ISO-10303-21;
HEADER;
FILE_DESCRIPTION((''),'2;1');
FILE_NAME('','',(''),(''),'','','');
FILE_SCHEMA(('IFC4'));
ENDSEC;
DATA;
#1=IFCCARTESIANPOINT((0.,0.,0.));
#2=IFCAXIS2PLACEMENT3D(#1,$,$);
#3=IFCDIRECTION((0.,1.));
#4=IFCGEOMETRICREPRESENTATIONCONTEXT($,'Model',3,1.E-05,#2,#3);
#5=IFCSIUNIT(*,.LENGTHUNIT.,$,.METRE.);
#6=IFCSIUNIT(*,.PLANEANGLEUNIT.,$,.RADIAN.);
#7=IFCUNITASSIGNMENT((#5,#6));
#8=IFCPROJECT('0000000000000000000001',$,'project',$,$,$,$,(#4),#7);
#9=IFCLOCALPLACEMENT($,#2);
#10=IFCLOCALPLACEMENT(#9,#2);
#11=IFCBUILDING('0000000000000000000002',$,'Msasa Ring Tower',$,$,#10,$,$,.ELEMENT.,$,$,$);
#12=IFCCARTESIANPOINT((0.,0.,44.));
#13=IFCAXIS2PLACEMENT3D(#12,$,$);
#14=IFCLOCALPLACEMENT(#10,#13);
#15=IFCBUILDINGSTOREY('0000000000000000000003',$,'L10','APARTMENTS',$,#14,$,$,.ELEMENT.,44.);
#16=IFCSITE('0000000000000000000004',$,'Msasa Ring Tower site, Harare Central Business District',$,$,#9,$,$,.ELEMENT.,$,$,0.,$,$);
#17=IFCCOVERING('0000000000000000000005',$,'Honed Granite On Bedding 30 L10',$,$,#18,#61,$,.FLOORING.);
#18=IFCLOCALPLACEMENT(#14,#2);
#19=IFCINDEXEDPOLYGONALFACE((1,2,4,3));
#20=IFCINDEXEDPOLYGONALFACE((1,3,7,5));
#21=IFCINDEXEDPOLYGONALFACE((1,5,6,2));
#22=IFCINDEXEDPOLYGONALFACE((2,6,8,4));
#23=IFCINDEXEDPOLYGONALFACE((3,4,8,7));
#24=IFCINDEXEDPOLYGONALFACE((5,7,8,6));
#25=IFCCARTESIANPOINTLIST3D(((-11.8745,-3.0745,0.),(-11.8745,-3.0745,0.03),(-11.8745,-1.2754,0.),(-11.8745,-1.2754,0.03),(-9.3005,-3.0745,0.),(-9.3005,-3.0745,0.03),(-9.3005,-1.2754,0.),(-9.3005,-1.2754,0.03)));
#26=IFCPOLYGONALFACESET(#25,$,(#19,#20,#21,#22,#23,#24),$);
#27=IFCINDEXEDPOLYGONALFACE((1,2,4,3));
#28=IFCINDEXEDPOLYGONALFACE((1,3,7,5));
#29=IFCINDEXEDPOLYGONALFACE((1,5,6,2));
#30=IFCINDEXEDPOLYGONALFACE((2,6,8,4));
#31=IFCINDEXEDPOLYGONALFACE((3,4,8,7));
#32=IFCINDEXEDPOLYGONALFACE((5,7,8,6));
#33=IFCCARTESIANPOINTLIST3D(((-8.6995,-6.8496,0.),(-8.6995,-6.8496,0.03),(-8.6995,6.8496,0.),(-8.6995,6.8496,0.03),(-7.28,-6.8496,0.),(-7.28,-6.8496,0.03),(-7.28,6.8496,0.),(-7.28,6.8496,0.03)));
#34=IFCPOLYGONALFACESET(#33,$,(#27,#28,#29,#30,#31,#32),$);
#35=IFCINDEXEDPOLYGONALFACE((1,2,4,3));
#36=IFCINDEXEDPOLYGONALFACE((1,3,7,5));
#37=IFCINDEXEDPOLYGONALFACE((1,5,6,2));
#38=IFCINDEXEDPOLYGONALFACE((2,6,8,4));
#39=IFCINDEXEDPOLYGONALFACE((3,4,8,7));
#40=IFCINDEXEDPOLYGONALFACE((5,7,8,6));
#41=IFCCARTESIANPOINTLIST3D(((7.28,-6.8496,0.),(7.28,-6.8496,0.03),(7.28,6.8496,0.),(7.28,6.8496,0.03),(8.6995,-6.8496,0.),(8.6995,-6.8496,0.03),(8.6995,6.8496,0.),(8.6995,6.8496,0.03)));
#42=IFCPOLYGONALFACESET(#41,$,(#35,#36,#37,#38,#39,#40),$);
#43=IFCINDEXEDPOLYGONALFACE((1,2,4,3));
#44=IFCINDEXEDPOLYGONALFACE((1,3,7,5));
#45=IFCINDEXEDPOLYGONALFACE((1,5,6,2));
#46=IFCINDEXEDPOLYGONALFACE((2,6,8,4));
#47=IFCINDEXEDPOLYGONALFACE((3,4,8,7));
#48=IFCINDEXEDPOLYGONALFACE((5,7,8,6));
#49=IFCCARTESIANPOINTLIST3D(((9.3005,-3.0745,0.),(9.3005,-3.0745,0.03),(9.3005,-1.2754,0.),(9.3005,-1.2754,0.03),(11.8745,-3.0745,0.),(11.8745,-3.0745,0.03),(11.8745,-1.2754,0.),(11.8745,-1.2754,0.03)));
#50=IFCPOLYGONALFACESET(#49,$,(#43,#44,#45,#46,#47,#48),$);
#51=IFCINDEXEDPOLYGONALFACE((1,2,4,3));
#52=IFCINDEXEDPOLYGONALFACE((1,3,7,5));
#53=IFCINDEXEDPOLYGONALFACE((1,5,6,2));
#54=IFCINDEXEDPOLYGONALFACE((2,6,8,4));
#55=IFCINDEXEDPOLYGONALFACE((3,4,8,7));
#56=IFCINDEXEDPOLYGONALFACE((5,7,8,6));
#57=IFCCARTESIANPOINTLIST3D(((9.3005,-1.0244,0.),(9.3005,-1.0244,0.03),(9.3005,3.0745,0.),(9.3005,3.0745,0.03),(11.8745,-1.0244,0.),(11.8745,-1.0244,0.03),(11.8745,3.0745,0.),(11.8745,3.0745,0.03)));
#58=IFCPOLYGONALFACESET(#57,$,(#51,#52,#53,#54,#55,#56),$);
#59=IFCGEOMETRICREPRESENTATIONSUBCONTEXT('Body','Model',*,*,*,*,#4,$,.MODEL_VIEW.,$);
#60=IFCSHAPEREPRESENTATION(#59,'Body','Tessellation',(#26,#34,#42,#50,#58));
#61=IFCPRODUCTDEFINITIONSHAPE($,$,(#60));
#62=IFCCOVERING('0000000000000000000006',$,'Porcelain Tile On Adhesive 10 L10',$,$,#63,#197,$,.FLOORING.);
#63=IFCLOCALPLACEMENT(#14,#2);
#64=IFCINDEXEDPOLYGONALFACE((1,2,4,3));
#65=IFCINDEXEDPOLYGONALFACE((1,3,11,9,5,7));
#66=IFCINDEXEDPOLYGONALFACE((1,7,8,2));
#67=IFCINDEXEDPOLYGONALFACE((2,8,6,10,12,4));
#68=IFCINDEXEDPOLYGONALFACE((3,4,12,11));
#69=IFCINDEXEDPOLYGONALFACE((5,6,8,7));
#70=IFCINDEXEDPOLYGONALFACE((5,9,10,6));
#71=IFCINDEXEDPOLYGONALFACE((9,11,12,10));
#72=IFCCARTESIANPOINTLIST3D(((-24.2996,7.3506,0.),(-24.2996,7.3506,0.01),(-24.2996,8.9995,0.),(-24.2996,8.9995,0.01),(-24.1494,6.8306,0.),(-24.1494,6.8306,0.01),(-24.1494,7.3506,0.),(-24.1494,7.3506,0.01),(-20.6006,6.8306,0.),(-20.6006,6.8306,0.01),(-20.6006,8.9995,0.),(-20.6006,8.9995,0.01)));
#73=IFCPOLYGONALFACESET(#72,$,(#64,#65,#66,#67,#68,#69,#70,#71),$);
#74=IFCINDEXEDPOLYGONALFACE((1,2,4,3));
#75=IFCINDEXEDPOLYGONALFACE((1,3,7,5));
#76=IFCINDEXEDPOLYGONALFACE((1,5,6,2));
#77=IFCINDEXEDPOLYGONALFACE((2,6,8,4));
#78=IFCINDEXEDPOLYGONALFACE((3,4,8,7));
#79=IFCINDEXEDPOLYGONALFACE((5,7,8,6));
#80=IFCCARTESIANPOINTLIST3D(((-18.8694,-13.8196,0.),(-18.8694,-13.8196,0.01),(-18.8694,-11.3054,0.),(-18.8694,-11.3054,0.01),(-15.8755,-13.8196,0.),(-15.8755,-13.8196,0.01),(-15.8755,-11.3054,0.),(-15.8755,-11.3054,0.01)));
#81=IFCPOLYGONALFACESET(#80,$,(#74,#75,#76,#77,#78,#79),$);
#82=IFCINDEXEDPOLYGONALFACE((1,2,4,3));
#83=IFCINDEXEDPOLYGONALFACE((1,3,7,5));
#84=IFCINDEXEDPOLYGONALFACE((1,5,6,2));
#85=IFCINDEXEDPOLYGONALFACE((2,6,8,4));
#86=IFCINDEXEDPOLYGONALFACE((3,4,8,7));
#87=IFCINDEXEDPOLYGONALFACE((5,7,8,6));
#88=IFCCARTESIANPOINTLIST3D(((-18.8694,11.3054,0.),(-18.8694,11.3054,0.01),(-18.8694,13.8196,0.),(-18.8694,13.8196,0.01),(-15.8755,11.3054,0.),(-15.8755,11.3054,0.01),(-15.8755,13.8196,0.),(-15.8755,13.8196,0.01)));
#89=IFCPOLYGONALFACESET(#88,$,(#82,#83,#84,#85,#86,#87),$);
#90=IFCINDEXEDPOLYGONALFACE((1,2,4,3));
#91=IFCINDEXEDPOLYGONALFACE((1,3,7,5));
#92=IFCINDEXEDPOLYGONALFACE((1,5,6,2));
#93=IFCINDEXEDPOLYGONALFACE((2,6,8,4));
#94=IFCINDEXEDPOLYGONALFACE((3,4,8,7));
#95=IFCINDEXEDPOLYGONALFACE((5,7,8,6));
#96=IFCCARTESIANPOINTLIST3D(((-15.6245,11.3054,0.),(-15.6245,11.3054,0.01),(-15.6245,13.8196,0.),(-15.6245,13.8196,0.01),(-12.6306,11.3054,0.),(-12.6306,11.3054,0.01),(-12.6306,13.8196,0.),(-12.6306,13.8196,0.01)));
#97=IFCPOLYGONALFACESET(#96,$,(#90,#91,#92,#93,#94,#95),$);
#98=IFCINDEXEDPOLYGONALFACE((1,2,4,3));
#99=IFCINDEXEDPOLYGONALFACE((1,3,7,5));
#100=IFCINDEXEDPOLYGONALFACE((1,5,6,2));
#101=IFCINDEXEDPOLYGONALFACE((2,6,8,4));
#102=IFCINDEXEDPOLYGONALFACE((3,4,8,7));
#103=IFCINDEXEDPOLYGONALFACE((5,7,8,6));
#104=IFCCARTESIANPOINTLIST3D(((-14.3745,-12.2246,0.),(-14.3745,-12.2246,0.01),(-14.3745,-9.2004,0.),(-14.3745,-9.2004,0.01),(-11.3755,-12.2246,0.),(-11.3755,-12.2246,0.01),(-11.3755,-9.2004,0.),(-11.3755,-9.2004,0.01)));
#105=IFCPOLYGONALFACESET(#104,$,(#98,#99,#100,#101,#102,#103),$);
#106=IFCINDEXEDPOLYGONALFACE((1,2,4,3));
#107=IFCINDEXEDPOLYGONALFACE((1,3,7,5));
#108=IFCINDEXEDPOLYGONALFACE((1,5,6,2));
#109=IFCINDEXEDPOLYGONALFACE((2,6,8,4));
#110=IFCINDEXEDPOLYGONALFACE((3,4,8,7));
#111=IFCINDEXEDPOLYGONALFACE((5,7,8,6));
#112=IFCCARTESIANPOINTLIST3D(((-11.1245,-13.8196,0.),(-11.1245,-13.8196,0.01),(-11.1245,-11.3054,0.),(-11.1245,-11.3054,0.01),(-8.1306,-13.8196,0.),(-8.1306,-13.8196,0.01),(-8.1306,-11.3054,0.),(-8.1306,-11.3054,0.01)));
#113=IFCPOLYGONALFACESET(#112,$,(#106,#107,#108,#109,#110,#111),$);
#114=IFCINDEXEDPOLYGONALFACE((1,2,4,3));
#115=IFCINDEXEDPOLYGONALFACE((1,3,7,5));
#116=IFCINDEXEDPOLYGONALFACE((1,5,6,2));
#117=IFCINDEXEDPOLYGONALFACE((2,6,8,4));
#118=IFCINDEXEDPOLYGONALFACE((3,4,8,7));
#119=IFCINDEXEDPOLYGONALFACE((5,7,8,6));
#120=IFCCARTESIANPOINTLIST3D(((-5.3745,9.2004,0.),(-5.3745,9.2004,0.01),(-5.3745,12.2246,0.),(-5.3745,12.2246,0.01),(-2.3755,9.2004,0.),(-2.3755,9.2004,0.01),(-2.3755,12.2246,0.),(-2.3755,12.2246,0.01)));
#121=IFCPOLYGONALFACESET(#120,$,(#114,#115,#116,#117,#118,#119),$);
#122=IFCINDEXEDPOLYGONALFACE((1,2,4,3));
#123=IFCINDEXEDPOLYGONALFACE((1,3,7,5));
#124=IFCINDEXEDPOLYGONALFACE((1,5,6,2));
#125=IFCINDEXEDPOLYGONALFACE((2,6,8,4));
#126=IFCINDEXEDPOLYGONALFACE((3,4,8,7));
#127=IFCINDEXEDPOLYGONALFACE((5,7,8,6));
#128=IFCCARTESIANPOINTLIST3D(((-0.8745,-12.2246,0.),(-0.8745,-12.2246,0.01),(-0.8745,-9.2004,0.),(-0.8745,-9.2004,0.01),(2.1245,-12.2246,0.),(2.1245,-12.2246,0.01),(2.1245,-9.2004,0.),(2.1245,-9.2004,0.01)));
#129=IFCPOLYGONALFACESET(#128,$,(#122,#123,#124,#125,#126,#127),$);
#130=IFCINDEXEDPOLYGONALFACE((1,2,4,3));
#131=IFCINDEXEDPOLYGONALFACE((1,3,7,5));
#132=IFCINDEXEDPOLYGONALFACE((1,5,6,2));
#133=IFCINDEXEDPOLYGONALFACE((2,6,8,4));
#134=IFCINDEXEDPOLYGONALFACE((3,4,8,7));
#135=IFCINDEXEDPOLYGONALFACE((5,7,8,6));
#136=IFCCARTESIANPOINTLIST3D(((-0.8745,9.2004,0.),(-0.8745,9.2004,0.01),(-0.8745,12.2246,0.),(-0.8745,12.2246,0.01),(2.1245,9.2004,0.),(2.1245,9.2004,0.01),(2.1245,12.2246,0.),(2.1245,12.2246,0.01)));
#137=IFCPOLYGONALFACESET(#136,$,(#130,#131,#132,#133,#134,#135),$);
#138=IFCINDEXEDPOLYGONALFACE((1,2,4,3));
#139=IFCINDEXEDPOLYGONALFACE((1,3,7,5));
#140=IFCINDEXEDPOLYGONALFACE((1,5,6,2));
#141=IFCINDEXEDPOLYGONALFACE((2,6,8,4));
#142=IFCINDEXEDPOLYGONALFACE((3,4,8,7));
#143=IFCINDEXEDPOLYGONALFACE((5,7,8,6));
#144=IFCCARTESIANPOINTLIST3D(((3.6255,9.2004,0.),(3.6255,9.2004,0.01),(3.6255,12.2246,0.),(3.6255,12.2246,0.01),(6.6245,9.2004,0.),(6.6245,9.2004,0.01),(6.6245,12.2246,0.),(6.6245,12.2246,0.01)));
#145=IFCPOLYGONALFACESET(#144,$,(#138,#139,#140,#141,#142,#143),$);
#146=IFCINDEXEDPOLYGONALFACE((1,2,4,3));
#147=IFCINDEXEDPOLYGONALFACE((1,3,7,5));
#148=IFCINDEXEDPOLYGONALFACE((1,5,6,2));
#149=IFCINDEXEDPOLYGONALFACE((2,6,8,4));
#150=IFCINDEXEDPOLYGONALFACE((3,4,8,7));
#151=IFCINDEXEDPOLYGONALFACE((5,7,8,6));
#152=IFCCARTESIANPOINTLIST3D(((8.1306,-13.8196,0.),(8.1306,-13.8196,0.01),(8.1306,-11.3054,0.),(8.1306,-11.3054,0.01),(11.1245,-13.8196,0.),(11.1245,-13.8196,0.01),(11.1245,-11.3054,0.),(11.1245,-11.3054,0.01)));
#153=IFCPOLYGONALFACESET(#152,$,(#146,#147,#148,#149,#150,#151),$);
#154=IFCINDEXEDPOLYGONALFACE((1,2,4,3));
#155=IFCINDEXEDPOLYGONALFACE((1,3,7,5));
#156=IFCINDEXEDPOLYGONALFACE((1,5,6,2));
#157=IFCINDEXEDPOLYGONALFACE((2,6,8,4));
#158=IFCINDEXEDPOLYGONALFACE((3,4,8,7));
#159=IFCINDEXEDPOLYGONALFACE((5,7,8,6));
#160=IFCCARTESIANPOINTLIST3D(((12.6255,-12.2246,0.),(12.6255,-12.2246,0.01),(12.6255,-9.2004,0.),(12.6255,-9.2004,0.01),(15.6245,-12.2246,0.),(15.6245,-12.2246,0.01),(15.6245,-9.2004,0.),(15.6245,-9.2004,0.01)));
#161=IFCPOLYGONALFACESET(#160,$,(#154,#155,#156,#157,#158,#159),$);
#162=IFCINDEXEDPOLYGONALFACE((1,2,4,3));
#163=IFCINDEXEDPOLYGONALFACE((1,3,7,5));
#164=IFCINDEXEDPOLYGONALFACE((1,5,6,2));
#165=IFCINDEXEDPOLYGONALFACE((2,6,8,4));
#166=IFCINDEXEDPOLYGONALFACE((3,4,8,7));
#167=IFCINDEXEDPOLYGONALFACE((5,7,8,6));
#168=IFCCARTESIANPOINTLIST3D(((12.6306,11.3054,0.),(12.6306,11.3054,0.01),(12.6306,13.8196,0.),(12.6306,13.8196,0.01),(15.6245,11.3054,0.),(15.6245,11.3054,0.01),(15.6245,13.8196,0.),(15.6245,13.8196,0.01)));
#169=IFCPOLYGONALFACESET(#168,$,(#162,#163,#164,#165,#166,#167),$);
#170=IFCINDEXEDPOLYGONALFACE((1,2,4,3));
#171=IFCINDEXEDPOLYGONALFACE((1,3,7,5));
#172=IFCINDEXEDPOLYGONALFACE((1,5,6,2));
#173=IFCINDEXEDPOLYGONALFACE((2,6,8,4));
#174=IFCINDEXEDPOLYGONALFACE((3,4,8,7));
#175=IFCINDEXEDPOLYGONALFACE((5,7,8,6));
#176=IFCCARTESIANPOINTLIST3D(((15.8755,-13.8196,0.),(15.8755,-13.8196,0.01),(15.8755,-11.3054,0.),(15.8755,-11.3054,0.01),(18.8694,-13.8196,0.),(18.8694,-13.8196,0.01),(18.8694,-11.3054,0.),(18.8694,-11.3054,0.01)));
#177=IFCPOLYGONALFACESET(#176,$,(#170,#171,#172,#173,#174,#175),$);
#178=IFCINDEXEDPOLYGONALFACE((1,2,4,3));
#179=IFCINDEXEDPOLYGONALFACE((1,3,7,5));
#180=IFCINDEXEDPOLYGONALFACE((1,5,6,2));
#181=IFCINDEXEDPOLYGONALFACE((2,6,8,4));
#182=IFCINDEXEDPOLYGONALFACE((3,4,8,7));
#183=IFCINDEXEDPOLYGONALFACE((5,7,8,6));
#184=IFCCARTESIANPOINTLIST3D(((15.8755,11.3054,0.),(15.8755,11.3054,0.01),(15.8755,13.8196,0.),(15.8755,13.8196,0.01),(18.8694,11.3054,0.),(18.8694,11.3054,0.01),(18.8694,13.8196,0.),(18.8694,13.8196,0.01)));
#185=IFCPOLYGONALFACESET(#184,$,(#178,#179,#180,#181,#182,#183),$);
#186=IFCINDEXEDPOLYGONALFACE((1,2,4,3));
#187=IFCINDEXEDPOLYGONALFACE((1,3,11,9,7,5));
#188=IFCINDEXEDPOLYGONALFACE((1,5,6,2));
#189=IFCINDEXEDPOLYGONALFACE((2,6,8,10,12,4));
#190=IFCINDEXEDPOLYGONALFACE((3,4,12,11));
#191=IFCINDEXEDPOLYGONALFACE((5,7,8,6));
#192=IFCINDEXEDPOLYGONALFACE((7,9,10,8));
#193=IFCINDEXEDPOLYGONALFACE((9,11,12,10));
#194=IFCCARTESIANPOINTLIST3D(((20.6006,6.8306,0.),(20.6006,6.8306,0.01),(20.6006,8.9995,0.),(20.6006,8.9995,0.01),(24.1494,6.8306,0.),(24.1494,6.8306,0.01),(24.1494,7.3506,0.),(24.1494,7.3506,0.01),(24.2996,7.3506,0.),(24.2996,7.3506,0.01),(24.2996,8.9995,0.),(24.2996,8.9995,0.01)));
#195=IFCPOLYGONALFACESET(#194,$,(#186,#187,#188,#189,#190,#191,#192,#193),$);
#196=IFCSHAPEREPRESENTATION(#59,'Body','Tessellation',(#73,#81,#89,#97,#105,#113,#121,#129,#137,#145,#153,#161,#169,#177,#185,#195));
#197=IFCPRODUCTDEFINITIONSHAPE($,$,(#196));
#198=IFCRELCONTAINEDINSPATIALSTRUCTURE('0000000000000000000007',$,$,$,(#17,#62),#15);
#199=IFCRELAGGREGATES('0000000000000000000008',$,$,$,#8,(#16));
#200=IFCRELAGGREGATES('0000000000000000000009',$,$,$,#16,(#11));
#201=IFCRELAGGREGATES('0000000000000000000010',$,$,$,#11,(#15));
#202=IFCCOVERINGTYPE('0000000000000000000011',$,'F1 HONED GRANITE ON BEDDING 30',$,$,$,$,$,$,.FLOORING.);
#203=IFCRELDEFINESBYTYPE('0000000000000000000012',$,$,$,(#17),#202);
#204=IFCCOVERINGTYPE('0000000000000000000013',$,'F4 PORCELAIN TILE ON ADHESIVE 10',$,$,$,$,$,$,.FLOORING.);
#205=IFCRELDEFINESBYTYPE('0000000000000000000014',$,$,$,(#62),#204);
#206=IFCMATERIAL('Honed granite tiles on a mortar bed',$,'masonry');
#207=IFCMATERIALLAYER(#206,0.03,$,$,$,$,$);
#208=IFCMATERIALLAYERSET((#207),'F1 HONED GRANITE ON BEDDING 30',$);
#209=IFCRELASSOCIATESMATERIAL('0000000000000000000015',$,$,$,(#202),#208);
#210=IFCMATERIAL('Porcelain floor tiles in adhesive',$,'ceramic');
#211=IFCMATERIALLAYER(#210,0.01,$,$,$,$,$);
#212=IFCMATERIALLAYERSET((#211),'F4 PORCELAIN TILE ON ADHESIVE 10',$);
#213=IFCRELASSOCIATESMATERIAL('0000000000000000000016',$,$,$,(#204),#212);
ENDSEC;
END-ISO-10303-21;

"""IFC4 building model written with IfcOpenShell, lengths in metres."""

from ifc_helpers import new_model, si_unit, direction, frame, origin, place, context, subcontext, project, spatial, line, indexed_curve, outline, extrude, material, layer, layer_set, type_object, element, save


model = new_model("IFC4")

# Units and contexts
model_context = context("Model", 3, precision=1e-05, world=origin(), true_north=direction((0.0, 1.0)))
body_context = subcontext(model_context, "Body", "Model", "MODEL_VIEW")
ifc_project = project(units=[si_unit("LENGTHUNIT", "METRE"), si_unit("PLANEANGLEUNIT", "RADIAN")], contexts=[model_context])

# Site, building, storey
site_placement = place(None, origin())
site = spatial("IfcSite", under=ifc_project, at=site_placement, Name="Msasa Ring Tower site, Harare Central Business District", CompositionType="ELEMENT", RefElevation=0.0)
building_placement = place(site_placement, origin())
building = spatial("IfcBuilding", under=site, at=building_placement, Name="Msasa Ring Tower", CompositionType="ELEMENT")
storey_placement = place(building_placement, frame((0.0, 0.0, 44.0)))
storey = spatial("IfcBuildingStorey", under=building, at=storey_placement, Name="L10", Description="APARTMENTS", CompositionType="ELEMENT", Elevation=44.0)

# Coverings
ifc_material_1 = material(Name="Honed granite tiles on a mortar bed", Category="masonry")
ifc_layer_1 = layer(ifc_material_1, 0.03)
ifc_layer_set_1 = layer_set([ifc_layer_1], Name="F1 HONED GRANITE ON BEDDING 30")
covering_type_1 = type_object("IfcCoveringType", Name="F1 HONED GRANITE ON BEDDING 30", PredefinedType="FLOORING", material=ifc_layer_set_1)
covering_1_placement = place(storey_placement, origin())
element("IfcCovering", 1, at=covering_1_placement, inside=storey, type_object=covering_type_1, Name="Honed Granite On Bedding 30 L10", PredefinedType="FLOORING", context=body_context, shape_type="SweptSolid", body=[
    extrude(outline(indexed_curve([(-11.8745, -3.0745), (-11.8745, -1.2754), (-9.3005, -1.2754), (-9.3005, -3.0745)], segments=[line(1, 2, 3, 4, 1)], self_intersect=False)), origin(), (0.0, 0.0, 1.0), 0.03),
    extrude(outline(indexed_curve([(-8.6995, -6.8496), (-8.6995, 6.8496), (-7.28, 6.8496), (-7.28, -6.8496)], segments=[line(1, 2, 3, 4, 1)], self_intersect=False)), origin(), (0.0, 0.0, 1.0), 0.03),
    extrude(outline(indexed_curve([(8.6995, 6.8496), (8.6995, -6.8496), (7.28, -6.8496), (7.28, 6.8496)], segments=[line(1, 2, 3, 4, 1)], self_intersect=False)), origin(), (0.0, 0.0, 1.0), 0.03),
    extrude(outline(indexed_curve([(9.3005, -3.0745), (9.3005, -1.2754), (11.8745, -1.2754), (11.8745, -3.0745)], segments=[line(1, 2, 3, 4, 1)], self_intersect=False)), origin(), (0.0, 0.0, 1.0), 0.03),
    extrude(outline(indexed_curve([(9.3005, 3.0745), (11.8745, 3.0745), (11.8745, -1.0244), (9.3005, -1.0244)], segments=[line(1, 2, 3, 4, 1)], self_intersect=False)), origin(), (0.0, 0.0, 1.0), 0.03),
])
ifc_material_2 = material(Name="Porcelain floor tiles in adhesive", Category="ceramic")
ifc_layer_2 = layer(ifc_material_2, 0.01)
ifc_layer_set_2 = layer_set([ifc_layer_2], Name="F4 PORCELAIN TILE ON ADHESIVE 10")
covering_type_2 = type_object("IfcCoveringType", Name="F4 PORCELAIN TILE ON ADHESIVE 10", PredefinedType="FLOORING", material=ifc_layer_set_2)
covering_2_placement = place(storey_placement, origin())
element("IfcCovering", 2, at=covering_2_placement, inside=storey, type_object=covering_type_2, Name="Porcelain Tile On Adhesive 10 L10", PredefinedType="FLOORING", context=body_context, shape_type="SweptSolid", body=[
    extrude(outline(indexed_curve([(-24.1494, 6.8306), (-24.1494, 7.3506), (-24.2996, 7.3506), (-24.2996, 8.9995), (-20.6006, 8.9995), (-20.6006, 6.8306)], segments=[line(1, 2, 3, 4, 5, 6, 1)], self_intersect=False)), origin(), (0.0, 0.0, 1.0), 0.01),
    extrude(outline(indexed_curve([(-15.8755, -11.3054), (-15.8755, -13.8196), (-18.8694, -13.8196), (-18.8694, -11.3054)], segments=[line(1, 2, 3, 4, 1)], self_intersect=False)), origin(), (0.0, 0.0, 1.0), 0.01),
    extrude(outline(indexed_curve([(-15.8755, 13.8196), (-15.8755, 11.3054), (-18.8694, 11.3054), (-18.8694, 13.8196)], segments=[line(1, 2, 3, 4, 1)], self_intersect=False)), origin(), (0.0, 0.0, 1.0), 0.01),
    extrude(outline(indexed_curve([(-12.6306, 13.8196), (-12.6306, 11.3054), (-15.6245, 11.3054), (-15.6245, 13.8196)], segments=[line(1, 2, 3, 4, 1)], self_intersect=False)), origin(), (0.0, 0.0, 1.0), 0.01),
    extrude(outline(indexed_curve([(-11.3755, -9.2004), (-11.3755, -12.2246), (-14.3745, -12.2246), (-14.3745, -9.2004)], segments=[line(1, 2, 3, 4, 1)], self_intersect=False)), origin(), (0.0, 0.0, 1.0), 0.01),
    extrude(outline(indexed_curve([(-8.1306, -11.3054), (-8.1306, -13.8196), (-11.1245, -13.8196), (-11.1245, -11.3054)], segments=[line(1, 2, 3, 4, 1)], self_intersect=False)), origin(), (0.0, 0.0, 1.0), 0.01),
    extrude(outline(indexed_curve([(-5.3745, 9.2004), (-5.3745, 12.2246), (-2.3755, 12.2246), (-2.3755, 9.2004)], segments=[line(1, 2, 3, 4, 1)], self_intersect=False)), origin(), (0.0, 0.0, 1.0), 0.01),
    extrude(outline(indexed_curve([(2.1245, -9.2004), (2.1245, -12.2246), (-0.8745, -12.2246), (-0.8745, -9.2004)], segments=[line(1, 2, 3, 4, 1)], self_intersect=False)), origin(), (0.0, 0.0, 1.0), 0.01),
    extrude(outline(indexed_curve([(-0.8745, 9.2004), (-0.8745, 12.2246), (2.1245, 12.2246), (2.1245, 9.2004)], segments=[line(1, 2, 3, 4, 1)], self_intersect=False)), origin(), (0.0, 0.0, 1.0), 0.01),
    extrude(outline(indexed_curve([(3.6255, 9.2004), (3.6255, 12.2246), (6.6245, 12.2246), (6.6245, 9.2004)], segments=[line(1, 2, 3, 4, 1)], self_intersect=False)), origin(), (0.0, 0.0, 1.0), 0.01),
    extrude(outline(indexed_curve([(11.1245, -11.3054), (11.1245, -13.8196), (8.1306, -13.8196), (8.1306, -11.3054)], segments=[line(1, 2, 3, 4, 1)], self_intersect=False)), origin(), (0.0, 0.0, 1.0), 0.01),
    extrude(outline(indexed_curve([(15.6245, -9.2004), (15.6245, -12.2246), (12.6255, -12.2246), (12.6255, -9.2004)], segments=[line(1, 2, 3, 4, 1)], self_intersect=False)), origin(), (0.0, 0.0, 1.0), 0.01),
    extrude(outline(indexed_curve([(15.6245, 13.8196), (15.6245, 11.3054), (12.6306, 11.3054), (12.6306, 13.8196)], segments=[line(1, 2, 3, 4, 1)], self_intersect=False)), origin(), (0.0, 0.0, 1.0), 0.01),
    extrude(outline(indexed_curve([(18.8694, -11.3054), (18.8694, -13.8196), (15.8755, -13.8196), (15.8755, -11.3054)], segments=[line(1, 2, 3, 4, 1)], self_intersect=False)), origin(), (0.0, 0.0, 1.0), 0.01),
    extrude(outline(indexed_curve([(18.8694, 13.8196), (18.8694, 11.3054), (15.8755, 11.3054), (15.8755, 13.8196)], segments=[line(1, 2, 3, 4, 1)], self_intersect=False)), origin(), (0.0, 0.0, 1.0), 0.01),
    extrude(outline(indexed_curve([(20.6006, 8.9995), (24.2996, 8.9995), (24.2996, 7.3506), (24.1494, 7.3506), (24.1494, 6.8306), (20.6006, 6.8306)], segments=[line(1, 2, 3, 4, 5, 6, 1)], self_intersect=False)), origin(), (0.0, 0.0, 1.0), 0.01),
])

save(model, "model.ifc")
